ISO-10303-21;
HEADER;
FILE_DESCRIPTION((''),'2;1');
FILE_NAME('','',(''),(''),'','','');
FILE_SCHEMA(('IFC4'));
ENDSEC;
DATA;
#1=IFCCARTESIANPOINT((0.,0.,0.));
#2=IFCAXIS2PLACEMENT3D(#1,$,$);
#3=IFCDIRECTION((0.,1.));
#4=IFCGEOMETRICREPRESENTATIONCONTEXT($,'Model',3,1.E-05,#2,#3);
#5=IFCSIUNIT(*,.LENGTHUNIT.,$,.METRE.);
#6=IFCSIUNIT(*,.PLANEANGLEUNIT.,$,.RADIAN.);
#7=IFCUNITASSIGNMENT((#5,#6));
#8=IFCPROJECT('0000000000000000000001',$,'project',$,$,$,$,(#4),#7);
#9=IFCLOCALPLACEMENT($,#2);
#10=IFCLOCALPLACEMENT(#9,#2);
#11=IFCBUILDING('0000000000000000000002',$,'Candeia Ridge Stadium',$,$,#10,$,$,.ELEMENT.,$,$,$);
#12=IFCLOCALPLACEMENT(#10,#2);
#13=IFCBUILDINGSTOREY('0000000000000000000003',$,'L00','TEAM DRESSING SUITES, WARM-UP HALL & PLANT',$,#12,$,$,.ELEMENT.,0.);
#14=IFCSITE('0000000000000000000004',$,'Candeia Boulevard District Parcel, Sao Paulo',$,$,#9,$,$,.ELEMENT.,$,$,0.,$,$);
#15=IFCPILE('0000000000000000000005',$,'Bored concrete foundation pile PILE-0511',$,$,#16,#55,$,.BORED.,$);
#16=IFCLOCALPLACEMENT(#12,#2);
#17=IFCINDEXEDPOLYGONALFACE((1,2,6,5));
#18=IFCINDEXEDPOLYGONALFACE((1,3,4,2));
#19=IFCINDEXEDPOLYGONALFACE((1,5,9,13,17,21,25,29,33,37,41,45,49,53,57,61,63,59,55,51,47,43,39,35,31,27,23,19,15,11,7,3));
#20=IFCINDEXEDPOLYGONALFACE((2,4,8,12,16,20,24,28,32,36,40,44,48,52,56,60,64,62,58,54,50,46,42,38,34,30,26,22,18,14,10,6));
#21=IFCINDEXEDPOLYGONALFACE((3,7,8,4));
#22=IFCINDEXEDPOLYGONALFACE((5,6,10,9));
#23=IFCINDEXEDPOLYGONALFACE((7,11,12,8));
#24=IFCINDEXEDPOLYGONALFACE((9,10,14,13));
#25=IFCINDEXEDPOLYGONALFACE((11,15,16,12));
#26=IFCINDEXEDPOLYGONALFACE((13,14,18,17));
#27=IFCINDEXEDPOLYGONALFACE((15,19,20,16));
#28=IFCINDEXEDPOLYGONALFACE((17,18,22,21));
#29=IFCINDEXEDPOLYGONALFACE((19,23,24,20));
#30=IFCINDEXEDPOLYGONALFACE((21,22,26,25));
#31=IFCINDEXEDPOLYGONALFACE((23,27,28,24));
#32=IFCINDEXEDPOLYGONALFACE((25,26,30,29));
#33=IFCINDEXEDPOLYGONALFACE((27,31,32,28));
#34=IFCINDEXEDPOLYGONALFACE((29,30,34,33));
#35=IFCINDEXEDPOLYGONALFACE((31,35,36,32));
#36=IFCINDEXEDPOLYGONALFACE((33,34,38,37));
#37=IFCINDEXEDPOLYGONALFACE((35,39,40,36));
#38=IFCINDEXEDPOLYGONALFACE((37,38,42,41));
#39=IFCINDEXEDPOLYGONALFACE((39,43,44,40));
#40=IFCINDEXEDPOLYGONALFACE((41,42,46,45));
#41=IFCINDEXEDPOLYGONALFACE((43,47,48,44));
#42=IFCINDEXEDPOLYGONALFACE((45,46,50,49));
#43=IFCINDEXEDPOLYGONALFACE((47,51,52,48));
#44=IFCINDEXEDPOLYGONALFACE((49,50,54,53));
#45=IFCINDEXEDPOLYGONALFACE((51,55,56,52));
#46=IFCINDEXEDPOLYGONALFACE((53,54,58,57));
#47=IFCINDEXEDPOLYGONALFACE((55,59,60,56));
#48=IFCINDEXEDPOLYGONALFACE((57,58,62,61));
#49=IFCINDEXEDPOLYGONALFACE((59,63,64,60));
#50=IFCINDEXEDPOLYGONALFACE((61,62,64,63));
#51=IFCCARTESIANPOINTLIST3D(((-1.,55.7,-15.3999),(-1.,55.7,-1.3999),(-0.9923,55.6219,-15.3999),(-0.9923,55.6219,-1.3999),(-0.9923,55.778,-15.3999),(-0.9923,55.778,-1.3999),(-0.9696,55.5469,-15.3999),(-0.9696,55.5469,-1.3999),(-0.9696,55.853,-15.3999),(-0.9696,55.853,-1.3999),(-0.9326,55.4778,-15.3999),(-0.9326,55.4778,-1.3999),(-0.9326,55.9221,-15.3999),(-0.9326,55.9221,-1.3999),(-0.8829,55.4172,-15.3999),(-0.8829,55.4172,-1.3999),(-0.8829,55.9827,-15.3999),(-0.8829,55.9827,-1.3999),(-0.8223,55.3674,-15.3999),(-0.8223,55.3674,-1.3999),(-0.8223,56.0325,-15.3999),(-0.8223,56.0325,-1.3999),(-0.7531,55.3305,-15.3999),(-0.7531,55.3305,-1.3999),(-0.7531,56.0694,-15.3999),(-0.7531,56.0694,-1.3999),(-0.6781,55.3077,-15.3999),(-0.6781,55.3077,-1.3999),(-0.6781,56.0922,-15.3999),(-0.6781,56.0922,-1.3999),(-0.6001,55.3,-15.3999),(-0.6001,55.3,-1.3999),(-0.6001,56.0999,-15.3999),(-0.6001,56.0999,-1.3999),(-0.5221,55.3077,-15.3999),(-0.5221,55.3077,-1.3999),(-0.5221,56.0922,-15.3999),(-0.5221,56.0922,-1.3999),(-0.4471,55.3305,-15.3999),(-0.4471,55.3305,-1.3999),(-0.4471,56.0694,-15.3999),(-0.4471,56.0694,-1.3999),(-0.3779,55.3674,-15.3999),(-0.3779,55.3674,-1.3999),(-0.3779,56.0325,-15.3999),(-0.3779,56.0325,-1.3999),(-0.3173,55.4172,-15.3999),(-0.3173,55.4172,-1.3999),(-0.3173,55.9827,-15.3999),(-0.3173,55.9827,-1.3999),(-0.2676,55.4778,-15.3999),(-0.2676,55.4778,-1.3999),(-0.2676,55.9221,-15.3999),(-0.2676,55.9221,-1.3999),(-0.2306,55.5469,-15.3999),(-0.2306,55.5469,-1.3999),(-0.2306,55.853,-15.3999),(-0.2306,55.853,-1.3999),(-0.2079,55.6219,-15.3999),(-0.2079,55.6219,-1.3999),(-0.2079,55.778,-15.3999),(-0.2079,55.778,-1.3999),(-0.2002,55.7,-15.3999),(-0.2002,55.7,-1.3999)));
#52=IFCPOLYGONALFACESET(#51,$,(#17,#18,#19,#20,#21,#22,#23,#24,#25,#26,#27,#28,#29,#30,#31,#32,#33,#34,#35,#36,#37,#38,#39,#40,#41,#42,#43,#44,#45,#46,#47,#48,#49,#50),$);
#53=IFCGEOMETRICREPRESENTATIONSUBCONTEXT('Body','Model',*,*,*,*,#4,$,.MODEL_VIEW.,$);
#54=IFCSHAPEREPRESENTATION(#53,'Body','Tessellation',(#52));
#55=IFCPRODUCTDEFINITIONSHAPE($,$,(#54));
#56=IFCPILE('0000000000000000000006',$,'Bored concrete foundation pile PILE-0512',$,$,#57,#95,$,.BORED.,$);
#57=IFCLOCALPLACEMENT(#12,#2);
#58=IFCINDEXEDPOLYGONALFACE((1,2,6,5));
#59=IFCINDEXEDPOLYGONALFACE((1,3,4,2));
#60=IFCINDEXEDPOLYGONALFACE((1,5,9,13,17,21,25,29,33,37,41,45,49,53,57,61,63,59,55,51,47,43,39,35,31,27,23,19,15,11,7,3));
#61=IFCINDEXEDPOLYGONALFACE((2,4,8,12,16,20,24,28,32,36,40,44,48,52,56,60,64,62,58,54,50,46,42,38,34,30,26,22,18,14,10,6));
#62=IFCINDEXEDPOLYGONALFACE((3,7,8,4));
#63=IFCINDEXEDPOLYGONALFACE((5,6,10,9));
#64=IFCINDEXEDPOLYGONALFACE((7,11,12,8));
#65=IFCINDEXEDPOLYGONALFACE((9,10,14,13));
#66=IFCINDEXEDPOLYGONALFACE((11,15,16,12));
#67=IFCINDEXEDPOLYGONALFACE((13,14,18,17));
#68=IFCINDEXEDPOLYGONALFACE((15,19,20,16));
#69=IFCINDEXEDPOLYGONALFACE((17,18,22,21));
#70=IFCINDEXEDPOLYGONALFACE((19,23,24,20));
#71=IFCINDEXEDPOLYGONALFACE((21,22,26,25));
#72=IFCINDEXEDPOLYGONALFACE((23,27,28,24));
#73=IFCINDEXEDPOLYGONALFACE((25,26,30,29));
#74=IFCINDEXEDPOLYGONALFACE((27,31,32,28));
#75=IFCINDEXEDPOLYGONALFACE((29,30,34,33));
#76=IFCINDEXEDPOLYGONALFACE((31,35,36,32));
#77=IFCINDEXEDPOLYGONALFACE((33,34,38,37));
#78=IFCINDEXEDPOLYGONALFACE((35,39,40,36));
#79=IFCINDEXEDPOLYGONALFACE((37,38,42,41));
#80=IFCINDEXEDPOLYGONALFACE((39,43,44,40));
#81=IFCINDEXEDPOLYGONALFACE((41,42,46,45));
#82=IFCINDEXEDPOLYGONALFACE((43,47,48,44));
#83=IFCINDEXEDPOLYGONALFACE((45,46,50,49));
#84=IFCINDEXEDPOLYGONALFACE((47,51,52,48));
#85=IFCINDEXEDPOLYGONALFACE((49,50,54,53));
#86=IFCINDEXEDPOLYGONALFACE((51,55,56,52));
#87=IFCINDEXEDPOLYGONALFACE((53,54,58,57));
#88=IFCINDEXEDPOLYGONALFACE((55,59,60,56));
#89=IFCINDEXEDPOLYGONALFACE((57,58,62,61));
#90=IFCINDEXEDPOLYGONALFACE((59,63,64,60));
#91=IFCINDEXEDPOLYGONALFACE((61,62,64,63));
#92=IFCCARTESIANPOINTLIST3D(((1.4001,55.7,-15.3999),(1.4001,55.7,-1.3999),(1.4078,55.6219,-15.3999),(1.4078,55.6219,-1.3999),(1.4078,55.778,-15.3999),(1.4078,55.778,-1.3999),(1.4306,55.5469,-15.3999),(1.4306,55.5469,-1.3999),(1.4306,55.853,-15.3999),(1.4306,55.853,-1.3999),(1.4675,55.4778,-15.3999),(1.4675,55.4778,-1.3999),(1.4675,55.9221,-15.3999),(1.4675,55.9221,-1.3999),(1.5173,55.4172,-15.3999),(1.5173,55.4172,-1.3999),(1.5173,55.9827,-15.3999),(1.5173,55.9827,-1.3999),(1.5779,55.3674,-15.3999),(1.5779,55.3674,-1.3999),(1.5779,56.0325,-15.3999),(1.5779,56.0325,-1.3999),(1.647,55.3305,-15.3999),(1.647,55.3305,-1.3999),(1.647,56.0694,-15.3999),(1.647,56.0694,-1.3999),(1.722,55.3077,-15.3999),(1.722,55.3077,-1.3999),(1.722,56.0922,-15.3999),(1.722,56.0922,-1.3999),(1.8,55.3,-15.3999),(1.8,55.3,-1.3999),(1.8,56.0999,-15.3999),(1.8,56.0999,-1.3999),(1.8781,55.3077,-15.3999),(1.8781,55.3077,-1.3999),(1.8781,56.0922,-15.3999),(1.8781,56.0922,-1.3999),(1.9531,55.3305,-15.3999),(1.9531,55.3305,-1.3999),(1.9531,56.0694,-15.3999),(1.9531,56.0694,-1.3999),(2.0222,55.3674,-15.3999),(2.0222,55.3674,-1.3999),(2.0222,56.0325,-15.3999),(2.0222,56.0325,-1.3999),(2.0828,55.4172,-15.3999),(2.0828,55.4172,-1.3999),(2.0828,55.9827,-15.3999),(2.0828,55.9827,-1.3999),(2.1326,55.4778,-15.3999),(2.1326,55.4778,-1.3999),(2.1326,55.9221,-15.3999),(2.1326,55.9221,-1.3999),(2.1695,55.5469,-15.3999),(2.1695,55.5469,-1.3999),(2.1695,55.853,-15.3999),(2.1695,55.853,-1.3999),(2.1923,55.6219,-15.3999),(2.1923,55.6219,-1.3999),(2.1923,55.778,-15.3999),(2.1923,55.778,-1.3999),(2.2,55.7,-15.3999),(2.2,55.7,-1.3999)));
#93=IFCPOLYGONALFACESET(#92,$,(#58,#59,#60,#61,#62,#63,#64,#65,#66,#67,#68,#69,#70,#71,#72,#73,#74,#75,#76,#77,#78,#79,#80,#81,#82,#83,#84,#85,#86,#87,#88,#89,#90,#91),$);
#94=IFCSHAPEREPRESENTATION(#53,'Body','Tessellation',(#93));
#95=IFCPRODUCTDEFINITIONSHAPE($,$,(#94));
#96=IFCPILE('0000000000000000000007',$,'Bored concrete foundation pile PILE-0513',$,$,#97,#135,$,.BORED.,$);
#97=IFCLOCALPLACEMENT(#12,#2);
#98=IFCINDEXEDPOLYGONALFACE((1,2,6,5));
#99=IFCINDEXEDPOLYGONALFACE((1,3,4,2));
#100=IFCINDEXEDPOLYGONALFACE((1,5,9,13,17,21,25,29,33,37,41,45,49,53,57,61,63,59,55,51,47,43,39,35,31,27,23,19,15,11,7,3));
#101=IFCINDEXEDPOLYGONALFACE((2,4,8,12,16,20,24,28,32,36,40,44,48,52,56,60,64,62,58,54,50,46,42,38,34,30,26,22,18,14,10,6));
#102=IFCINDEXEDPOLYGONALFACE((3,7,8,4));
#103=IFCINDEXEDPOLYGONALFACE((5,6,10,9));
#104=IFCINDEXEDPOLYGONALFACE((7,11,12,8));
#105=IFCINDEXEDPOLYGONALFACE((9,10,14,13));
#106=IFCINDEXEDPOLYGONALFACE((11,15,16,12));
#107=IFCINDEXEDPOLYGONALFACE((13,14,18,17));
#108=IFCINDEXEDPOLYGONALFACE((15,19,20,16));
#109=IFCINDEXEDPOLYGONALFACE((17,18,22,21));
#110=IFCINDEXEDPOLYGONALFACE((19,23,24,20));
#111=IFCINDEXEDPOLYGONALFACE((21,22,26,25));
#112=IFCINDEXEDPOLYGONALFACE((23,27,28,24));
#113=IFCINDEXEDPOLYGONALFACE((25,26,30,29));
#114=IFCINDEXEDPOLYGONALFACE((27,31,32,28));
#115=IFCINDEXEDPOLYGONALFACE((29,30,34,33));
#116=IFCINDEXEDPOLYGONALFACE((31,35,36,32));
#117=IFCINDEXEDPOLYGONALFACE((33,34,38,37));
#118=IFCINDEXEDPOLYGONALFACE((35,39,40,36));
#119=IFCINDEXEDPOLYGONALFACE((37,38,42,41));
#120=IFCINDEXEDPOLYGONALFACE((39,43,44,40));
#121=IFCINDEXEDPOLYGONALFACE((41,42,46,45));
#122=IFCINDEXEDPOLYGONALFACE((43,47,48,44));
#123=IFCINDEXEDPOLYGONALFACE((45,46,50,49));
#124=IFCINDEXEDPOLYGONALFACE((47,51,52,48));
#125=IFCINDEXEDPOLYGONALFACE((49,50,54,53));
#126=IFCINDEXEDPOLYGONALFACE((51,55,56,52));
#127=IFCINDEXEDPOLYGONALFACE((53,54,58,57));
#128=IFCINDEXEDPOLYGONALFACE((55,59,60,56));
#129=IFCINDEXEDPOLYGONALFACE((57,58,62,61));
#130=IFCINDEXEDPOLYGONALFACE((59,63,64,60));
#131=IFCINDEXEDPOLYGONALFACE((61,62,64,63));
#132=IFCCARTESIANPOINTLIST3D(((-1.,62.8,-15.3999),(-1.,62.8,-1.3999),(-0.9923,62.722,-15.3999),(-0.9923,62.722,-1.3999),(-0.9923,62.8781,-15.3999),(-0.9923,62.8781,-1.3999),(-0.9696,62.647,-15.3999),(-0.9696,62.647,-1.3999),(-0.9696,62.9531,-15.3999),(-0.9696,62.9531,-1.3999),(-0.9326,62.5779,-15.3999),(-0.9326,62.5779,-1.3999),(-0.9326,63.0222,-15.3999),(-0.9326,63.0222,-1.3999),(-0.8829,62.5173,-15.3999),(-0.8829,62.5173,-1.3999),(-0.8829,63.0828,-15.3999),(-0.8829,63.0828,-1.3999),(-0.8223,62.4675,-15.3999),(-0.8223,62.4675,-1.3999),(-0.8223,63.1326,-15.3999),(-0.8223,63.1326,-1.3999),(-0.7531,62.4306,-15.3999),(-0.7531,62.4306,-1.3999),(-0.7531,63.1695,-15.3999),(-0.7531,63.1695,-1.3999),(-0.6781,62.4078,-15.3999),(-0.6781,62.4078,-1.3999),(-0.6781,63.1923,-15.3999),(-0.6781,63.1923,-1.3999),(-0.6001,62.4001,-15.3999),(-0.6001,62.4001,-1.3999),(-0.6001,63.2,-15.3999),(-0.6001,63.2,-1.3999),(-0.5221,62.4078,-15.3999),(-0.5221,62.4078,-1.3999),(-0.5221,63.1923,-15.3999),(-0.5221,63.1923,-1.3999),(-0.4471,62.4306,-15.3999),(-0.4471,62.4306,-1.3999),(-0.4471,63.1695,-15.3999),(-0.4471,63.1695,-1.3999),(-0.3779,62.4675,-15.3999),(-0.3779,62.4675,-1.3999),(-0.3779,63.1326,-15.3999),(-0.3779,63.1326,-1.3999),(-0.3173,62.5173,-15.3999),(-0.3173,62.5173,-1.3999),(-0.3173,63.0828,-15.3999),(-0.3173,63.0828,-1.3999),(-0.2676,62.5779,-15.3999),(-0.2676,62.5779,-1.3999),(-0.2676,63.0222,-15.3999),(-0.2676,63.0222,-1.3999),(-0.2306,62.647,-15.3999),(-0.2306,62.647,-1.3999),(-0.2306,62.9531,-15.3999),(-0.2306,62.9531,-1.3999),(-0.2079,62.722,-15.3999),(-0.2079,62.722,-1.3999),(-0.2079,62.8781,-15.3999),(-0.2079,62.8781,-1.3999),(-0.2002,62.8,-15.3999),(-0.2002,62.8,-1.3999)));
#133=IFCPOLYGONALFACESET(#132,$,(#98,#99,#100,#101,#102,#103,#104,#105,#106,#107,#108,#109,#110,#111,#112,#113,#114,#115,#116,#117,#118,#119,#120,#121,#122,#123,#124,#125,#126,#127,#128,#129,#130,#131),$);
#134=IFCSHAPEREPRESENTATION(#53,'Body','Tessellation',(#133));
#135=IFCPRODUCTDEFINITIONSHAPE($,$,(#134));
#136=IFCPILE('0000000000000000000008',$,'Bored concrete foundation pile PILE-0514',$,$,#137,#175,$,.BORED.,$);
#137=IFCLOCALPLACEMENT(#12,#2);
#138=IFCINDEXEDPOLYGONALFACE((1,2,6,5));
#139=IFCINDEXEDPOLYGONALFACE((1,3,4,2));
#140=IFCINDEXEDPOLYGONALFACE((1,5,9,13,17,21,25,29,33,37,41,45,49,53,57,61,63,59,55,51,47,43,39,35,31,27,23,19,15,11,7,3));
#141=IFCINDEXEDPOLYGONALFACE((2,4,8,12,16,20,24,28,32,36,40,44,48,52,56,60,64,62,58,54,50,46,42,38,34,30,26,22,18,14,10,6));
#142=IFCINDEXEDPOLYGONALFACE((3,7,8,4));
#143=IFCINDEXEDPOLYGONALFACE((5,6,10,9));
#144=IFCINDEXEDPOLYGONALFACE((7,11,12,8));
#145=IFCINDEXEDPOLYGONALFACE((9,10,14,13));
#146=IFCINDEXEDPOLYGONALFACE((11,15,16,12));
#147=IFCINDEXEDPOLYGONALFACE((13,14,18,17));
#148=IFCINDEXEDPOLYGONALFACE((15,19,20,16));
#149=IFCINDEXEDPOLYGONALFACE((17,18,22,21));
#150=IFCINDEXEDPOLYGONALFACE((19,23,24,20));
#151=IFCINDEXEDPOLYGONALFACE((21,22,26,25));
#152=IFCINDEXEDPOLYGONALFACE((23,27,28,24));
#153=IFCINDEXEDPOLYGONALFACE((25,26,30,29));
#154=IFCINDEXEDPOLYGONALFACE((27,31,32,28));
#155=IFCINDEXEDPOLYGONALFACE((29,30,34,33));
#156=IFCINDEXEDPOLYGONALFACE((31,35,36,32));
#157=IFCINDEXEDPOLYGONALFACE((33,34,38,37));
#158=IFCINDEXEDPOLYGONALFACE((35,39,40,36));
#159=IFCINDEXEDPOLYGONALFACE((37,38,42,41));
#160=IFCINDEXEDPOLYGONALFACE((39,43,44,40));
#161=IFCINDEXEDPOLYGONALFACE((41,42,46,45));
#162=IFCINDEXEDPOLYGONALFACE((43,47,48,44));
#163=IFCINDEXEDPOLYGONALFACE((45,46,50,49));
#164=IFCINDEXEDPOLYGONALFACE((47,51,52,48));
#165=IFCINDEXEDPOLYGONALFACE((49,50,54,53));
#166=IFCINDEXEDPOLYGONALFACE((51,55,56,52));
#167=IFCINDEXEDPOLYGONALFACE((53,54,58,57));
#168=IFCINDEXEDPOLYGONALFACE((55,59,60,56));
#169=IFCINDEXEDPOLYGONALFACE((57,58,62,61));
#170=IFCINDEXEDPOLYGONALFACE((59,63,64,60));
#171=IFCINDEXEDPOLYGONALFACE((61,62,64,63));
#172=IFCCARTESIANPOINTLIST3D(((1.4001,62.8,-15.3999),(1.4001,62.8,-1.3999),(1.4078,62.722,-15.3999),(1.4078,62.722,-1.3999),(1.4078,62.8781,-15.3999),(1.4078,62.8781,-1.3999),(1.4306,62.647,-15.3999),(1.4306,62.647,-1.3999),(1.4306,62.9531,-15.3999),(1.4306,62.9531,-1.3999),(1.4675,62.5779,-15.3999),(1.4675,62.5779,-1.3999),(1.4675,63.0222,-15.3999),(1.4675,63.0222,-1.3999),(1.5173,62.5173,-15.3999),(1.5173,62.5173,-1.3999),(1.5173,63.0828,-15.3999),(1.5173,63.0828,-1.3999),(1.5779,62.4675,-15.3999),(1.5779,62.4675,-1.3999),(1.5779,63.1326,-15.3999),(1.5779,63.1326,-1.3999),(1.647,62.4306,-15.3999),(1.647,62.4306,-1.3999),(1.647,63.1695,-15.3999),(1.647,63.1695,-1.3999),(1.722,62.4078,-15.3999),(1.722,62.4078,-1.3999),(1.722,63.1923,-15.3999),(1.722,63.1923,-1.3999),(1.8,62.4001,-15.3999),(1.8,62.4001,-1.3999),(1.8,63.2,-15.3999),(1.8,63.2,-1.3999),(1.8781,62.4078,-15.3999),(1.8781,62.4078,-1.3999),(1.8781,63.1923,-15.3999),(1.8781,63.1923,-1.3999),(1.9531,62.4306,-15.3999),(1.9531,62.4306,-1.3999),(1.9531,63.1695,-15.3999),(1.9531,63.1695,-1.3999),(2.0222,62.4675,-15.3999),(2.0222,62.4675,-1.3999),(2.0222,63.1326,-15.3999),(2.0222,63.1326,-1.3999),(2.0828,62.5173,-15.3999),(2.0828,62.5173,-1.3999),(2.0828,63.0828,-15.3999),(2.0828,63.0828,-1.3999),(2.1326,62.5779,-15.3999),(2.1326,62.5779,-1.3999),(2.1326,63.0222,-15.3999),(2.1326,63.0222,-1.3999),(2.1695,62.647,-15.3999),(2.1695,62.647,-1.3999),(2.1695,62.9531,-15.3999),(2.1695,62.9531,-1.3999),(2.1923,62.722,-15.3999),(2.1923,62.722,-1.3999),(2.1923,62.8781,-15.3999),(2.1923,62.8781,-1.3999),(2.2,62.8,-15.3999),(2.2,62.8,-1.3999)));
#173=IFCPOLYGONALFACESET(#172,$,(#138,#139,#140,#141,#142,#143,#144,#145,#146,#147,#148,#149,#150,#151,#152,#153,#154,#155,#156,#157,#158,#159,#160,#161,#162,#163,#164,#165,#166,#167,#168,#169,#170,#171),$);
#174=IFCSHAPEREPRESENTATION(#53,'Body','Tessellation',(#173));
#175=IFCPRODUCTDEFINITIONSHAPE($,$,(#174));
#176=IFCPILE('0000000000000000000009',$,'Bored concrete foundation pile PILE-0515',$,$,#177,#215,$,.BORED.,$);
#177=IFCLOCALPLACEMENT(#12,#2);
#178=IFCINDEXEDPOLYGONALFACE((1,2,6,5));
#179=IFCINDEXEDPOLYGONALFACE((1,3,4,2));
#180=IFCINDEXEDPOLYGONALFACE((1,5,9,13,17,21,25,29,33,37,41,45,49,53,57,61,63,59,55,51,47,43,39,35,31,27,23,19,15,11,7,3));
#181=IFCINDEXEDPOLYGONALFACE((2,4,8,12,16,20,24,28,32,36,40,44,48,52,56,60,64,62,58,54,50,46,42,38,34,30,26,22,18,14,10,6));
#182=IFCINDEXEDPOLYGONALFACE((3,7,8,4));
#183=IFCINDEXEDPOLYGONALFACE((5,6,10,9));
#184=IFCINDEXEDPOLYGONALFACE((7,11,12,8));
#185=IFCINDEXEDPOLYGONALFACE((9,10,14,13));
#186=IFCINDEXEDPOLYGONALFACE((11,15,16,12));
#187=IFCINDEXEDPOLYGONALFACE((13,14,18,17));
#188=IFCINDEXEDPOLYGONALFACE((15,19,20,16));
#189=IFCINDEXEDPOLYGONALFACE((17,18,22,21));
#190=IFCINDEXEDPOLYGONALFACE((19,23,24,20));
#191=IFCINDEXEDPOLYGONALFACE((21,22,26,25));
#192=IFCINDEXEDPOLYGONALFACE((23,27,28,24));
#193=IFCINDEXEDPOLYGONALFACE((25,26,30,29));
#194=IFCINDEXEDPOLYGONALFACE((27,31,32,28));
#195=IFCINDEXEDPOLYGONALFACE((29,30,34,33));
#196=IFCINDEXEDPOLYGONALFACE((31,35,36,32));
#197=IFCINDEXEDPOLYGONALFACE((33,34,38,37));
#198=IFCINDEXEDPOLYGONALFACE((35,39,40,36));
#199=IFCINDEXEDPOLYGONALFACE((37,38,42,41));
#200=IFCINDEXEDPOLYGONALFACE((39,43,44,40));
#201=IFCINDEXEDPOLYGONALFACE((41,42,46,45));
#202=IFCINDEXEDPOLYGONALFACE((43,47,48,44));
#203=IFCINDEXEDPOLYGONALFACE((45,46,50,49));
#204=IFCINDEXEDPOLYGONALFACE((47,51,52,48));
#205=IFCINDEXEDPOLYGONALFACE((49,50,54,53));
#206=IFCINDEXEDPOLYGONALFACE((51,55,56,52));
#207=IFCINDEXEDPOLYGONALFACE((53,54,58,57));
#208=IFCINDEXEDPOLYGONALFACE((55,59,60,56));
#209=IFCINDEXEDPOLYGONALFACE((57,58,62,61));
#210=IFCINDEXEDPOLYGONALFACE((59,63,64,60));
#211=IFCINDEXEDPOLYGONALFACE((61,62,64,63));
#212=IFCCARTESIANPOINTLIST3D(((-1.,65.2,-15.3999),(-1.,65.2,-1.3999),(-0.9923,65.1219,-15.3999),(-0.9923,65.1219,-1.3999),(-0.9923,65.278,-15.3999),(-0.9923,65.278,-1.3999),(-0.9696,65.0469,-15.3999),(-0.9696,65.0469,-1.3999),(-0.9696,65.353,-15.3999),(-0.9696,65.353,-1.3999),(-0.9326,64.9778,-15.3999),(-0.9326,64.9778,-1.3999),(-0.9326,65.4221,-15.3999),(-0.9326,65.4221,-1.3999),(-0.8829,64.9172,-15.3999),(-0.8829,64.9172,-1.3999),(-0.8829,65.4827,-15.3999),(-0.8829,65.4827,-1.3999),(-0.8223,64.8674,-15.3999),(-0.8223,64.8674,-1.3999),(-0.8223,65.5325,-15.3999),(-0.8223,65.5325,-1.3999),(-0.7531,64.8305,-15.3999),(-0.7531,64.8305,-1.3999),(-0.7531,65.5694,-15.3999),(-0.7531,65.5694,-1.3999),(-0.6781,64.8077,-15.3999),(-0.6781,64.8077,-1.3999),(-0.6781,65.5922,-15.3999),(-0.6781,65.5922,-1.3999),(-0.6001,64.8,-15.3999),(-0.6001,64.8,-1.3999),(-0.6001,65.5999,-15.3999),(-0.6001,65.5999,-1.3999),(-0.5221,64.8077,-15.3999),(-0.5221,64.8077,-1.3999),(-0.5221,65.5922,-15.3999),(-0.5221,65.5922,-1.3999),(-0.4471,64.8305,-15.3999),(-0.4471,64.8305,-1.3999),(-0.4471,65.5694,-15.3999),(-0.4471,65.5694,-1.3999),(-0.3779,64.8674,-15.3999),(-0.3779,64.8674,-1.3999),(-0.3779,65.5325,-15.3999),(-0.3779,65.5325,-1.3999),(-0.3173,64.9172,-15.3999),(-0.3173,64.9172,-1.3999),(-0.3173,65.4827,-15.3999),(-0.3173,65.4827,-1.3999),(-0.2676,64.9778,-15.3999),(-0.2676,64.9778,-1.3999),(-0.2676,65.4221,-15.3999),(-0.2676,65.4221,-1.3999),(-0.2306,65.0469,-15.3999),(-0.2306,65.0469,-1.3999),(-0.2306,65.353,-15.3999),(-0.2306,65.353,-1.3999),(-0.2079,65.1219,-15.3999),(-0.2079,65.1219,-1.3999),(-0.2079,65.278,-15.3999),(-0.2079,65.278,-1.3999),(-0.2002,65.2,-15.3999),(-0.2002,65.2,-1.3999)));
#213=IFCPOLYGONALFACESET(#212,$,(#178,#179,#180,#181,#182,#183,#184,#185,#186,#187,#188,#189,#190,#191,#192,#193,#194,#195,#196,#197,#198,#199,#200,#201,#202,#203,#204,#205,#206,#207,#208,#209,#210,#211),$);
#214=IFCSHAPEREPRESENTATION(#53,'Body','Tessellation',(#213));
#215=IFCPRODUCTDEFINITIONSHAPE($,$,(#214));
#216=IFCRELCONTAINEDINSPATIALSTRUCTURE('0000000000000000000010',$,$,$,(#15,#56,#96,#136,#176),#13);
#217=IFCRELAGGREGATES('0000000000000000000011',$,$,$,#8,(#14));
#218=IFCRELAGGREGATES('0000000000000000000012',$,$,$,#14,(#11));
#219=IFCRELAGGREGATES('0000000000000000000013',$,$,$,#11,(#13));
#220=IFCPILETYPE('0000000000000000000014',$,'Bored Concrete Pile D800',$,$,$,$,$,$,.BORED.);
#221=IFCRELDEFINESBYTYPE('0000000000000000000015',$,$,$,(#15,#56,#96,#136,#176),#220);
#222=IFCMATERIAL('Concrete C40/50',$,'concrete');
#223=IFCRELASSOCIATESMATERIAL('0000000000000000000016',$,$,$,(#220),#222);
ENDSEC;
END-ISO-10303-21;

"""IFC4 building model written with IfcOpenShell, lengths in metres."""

from ifc_helpers import new_model, si_unit, direction, frame, origin, origin_2d, place, context, subcontext, project, spatial, circle, extrude, material, material_profile, profile_set, type_object, element, save


model = new_model("IFC4")

# Units and contexts
model_context = context("Model", 3, precision=1e-05, world=origin(), true_north=direction((0.0, 1.0)))
body_context = subcontext(model_context, "Body", "Model", "MODEL_VIEW")
ifc_project = project(units=[si_unit("LENGTHUNIT", "METRE"), si_unit("PLANEANGLEUNIT", "RADIAN")], contexts=[model_context])

# Site, building, storey
site_placement = place(None, origin())
site = spatial("IfcSite", under=ifc_project, at=site_placement, Name="Candeia Boulevard District Parcel, Sao Paulo", CompositionType="ELEMENT", RefElevation=0.0)
building_placement = place(site_placement, origin())
building = spatial("IfcBuilding", under=site, at=building_placement, Name="Candeia Ridge Stadium", CompositionType="ELEMENT")
storey_placement = place(building_placement, origin())
storey = spatial("IfcBuildingStorey", under=building, at=storey_placement, Name="L00", Description="TEAM DRESSING SUITES, WARM-UP HALL & PLANT", CompositionType="ELEMENT", Elevation=0.0)

# Piles
ifc_material_1 = material(Name="Concrete C40/50", Category="concrete")
ifc_material_profile_1 = material_profile(ifc_material_1, circle(Radius=0.3999, at=origin_2d()), Name="PILE-D800", Category="concrete")
ifc_profile_set_1 = profile_set([ifc_material_profile_1], Name="Concrete C40/50")
pile_type = type_object("IfcPileType", Name="Bored Concrete Pile D800", PredefinedType="BORED", material=ifc_profile_set_1)
for number, where, z_axis, x_axis, name in (
    (1, (-0.6001, 55.7, -1.3999), (0.0, 0.0, -1.0), (1.0, 0.0, 0.0), "Bored concrete foundation pile PILE-0511"),
    (2, (1.8, 55.7, -1.3999), (0.0, 0.0, -1.0), (1.0, 0.0, 0.0), "Bored concrete foundation pile PILE-0512"),
    (3, (-0.6001, 62.8, -1.3999), (0.0, 0.0, -1.0), (1.0, 0.0, 0.0), "Bored concrete foundation pile PILE-0513"),
    (4, (1.8, 62.8, -1.3999), (0.0, 0.0, -1.0), (1.0, 0.0, 0.0), "Bored concrete foundation pile PILE-0514"),
    (5, (-0.6001, 65.2, -1.3999), (0.0, 0.0, -1.0), (1.0, 0.0, 0.0), "Bored concrete foundation pile PILE-0515"),
):
    element("IfcPile", number, at=place(storey_placement, frame(where, z_axis=z_axis, x_axis=x_axis)), inside=storey, type_object=pile_type, Name=name, PredefinedType="BORED", context=body_context, shape_type="SweptSolid", body=[
        extrude(circle(Radius=0.3999, at=origin_2d()), origin(), (0.0, 0.0, 1.0), 14.0),
    ])

save(model, "model.ifc")
